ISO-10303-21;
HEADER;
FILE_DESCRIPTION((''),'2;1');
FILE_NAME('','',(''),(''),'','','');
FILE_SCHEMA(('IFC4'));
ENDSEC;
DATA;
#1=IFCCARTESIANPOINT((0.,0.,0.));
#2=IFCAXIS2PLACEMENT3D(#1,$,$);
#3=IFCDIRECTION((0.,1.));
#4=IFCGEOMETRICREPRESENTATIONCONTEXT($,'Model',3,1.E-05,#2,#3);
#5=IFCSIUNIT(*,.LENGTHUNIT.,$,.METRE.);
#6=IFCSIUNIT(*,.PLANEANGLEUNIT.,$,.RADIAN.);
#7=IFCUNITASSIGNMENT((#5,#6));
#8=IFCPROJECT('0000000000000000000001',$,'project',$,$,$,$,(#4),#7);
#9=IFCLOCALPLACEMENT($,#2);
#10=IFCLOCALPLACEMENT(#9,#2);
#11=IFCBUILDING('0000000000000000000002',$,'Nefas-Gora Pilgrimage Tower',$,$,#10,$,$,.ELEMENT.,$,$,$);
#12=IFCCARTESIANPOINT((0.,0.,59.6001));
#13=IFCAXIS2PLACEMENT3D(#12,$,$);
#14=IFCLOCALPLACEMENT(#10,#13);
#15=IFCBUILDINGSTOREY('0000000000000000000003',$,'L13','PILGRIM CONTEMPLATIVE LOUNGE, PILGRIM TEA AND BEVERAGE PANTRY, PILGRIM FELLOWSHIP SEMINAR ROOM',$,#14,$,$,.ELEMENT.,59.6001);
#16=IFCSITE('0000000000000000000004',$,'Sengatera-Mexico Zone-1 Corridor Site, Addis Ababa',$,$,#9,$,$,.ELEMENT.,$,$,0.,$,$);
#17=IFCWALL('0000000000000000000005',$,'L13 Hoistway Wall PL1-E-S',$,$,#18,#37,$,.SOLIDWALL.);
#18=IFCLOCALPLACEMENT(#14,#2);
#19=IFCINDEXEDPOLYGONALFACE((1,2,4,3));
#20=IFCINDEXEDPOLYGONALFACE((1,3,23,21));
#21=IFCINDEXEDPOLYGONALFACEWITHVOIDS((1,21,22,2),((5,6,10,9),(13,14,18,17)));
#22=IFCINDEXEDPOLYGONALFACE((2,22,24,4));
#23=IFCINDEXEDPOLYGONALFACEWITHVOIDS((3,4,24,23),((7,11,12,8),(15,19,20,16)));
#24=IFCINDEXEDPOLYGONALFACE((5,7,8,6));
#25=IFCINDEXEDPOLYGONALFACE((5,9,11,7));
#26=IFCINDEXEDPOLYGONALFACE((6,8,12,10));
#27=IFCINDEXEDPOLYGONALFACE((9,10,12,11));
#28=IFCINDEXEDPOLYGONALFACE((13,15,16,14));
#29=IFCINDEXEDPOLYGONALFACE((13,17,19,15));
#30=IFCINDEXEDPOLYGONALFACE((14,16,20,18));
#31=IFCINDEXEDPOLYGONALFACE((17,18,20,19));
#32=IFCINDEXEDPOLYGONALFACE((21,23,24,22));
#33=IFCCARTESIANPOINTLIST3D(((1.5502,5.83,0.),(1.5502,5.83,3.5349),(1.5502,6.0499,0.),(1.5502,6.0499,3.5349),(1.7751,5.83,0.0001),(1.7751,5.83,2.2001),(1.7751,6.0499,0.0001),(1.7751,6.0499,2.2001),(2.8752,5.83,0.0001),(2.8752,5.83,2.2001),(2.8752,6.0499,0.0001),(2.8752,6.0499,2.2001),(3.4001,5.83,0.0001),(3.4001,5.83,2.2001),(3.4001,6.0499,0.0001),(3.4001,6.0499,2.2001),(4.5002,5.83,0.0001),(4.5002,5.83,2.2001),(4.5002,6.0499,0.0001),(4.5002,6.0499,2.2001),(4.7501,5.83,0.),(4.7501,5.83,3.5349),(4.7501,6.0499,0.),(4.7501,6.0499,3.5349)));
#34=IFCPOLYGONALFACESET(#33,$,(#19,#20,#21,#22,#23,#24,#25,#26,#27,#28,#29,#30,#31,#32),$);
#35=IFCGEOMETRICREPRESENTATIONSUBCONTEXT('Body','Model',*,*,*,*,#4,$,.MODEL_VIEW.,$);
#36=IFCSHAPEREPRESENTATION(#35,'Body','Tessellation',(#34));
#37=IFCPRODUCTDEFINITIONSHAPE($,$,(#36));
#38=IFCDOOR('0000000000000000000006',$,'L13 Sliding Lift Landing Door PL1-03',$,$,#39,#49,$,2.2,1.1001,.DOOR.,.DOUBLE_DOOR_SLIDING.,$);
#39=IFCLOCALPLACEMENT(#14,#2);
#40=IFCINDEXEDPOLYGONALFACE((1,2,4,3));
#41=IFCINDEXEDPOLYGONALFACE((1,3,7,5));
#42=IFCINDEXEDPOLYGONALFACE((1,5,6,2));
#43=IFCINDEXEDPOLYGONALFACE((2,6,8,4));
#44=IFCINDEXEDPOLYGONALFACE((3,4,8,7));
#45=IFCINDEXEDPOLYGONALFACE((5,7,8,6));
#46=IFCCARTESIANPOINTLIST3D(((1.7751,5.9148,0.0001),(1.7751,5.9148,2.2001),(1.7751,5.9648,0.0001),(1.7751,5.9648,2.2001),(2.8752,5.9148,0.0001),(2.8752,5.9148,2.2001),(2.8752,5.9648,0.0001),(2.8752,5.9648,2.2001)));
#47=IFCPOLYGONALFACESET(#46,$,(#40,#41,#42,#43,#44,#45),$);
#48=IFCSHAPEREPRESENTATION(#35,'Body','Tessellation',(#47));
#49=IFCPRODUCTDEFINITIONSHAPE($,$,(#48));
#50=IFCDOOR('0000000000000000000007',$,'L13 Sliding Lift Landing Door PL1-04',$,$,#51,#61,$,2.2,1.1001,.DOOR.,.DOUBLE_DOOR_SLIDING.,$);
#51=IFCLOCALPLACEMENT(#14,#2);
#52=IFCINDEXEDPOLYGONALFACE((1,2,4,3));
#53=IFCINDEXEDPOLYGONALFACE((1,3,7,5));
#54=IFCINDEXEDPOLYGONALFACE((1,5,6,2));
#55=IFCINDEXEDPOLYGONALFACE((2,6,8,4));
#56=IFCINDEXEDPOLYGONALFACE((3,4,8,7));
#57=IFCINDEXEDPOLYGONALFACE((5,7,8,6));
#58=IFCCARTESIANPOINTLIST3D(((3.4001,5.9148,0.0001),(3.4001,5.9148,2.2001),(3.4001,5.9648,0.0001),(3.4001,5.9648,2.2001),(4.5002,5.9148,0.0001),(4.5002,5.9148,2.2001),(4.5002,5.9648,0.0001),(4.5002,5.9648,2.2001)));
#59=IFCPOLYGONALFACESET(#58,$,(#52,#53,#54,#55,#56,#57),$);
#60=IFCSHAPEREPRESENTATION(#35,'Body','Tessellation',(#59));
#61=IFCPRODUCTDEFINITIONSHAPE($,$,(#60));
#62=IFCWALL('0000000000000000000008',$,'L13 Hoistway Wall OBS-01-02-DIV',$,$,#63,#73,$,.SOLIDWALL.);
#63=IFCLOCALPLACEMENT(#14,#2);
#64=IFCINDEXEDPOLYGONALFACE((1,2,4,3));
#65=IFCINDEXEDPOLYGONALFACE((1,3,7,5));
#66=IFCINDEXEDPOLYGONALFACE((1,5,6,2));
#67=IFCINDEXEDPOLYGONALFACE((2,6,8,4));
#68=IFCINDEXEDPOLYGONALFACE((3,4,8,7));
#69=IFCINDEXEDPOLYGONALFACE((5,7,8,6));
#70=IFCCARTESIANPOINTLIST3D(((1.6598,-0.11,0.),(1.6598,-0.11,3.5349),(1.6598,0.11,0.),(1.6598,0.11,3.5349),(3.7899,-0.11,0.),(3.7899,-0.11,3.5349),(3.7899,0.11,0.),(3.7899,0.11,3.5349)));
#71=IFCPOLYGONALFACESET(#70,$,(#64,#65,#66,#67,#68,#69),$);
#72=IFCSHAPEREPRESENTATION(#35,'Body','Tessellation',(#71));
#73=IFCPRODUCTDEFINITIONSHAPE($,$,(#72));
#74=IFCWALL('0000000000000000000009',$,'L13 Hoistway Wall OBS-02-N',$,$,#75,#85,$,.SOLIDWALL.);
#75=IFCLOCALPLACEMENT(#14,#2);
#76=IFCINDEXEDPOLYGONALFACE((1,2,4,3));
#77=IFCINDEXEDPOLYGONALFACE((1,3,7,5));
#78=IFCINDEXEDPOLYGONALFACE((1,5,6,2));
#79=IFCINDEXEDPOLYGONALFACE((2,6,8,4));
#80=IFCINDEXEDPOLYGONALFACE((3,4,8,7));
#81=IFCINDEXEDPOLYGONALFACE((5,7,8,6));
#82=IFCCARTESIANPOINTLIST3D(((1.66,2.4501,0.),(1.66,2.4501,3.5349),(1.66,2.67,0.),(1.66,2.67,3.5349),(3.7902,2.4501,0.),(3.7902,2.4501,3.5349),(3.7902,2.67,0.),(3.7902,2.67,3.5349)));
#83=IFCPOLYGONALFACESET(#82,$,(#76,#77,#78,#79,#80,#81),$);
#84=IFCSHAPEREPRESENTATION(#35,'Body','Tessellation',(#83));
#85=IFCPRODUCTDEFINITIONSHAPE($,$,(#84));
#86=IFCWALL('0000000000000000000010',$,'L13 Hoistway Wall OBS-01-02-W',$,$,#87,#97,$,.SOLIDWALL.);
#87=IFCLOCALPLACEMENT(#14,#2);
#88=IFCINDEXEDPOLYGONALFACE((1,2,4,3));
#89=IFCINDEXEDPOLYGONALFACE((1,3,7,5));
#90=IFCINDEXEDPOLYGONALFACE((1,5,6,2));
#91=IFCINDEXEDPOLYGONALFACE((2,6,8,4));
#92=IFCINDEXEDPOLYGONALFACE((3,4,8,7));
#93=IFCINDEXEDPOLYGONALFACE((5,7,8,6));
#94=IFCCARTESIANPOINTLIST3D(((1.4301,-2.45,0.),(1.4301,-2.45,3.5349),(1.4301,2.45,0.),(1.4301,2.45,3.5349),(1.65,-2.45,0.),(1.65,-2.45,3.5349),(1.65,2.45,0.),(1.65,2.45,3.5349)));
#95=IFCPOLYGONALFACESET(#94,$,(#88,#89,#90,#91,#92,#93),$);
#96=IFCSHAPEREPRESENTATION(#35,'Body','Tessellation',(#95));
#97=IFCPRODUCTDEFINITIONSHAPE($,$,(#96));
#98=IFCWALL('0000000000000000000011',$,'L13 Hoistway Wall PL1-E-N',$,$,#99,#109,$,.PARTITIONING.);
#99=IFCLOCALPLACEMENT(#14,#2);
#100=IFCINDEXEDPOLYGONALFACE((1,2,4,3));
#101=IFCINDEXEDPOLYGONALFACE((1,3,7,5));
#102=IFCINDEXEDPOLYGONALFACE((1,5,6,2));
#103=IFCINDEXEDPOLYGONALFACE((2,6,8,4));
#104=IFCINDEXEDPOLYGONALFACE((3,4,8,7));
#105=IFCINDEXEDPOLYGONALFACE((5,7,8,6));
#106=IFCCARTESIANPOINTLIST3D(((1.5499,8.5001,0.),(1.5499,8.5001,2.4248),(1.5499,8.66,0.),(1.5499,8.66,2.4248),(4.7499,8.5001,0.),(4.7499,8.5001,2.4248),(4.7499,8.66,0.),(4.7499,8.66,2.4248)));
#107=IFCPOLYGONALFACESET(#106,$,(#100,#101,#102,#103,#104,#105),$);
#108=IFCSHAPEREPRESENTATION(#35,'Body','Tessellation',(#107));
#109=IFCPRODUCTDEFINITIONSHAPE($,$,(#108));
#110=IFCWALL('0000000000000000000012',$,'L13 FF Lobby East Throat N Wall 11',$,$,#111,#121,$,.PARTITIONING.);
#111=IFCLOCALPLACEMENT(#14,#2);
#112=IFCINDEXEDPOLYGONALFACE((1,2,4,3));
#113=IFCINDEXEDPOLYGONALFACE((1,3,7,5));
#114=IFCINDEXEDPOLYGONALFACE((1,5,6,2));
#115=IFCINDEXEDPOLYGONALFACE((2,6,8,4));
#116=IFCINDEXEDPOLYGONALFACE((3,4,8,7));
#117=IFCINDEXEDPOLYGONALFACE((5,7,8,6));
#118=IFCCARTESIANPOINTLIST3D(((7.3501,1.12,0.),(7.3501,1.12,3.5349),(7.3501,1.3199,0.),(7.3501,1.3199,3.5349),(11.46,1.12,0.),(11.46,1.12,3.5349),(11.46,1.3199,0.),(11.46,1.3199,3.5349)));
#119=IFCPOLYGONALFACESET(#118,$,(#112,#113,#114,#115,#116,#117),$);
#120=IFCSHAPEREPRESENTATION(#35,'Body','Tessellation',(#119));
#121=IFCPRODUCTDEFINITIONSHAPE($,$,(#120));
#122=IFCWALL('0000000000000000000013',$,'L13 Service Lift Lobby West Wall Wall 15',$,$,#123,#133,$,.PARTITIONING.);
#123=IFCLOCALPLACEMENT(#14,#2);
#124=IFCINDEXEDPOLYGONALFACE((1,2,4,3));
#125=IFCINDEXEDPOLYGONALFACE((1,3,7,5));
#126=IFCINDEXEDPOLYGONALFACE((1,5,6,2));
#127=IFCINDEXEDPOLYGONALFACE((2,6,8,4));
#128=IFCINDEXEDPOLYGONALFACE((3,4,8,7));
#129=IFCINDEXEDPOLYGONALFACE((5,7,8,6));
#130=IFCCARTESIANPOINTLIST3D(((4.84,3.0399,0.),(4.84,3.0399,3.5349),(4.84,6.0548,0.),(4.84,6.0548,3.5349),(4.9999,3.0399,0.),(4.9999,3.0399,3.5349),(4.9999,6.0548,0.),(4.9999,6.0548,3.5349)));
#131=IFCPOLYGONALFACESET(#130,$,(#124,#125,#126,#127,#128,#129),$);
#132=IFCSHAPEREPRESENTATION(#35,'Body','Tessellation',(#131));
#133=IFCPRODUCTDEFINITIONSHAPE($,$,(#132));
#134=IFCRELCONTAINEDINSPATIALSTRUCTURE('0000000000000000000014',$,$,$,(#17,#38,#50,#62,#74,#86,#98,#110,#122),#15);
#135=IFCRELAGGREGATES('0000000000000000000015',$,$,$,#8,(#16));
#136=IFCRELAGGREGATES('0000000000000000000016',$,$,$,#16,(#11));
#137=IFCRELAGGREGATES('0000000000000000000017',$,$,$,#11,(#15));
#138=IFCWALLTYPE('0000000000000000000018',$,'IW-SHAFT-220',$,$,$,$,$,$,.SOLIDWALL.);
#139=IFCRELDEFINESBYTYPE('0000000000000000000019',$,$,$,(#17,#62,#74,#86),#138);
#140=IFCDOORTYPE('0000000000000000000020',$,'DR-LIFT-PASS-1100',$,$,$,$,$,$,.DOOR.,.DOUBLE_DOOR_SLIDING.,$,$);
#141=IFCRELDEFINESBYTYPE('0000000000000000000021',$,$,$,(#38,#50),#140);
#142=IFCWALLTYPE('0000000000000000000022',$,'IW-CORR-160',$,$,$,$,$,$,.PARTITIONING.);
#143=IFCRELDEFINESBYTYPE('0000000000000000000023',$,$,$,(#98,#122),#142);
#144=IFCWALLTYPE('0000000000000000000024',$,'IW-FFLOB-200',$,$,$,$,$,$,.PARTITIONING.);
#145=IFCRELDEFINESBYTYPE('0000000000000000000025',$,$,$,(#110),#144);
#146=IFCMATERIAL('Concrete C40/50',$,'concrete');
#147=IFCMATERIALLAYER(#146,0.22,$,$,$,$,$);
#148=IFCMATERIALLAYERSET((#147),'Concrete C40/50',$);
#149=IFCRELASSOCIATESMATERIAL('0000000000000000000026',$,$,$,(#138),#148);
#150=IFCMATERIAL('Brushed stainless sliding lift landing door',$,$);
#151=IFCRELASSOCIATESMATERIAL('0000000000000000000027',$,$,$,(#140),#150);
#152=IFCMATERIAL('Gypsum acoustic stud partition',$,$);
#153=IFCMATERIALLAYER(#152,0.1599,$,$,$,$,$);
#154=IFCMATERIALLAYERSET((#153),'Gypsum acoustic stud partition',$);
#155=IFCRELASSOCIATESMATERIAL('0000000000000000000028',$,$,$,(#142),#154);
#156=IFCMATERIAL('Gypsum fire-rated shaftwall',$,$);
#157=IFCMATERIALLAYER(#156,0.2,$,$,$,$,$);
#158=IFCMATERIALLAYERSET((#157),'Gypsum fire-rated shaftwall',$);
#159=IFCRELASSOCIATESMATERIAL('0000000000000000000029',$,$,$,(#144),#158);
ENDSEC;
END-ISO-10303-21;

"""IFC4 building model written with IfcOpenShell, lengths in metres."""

from ifc_helpers import new_model, si_unit, direction, frame, frame_2d, origin, place, context, subcontext, project, spatial, rectangle, extrude, source, transform, mapped, material, layer, layer_set, type_object, element, fill, save


model = new_model("IFC4")

# Units and contexts
model_context = context("Model", 3, precision=1e-05, world=origin(), true_north=direction((0.0, 1.0)))
body_context = subcontext(model_context, "Body", "Model", "MODEL_VIEW")
ifc_project = project(units=[si_unit("LENGTHUNIT", "METRE"), si_unit("PLANEANGLEUNIT", "RADIAN")], contexts=[model_context])

# Site, building, storey
site_placement = place(None, origin())
site = spatial("IfcSite", under=ifc_project, at=site_placement, Name="Sengatera-Mexico Zone-1 Corridor Site, Addis Ababa", CompositionType="ELEMENT", RefElevation=0.0)
building_placement = place(site_placement, origin())
building = spatial("IfcBuilding", under=site, at=building_placement, Name="Nefas-Gora Pilgrimage Tower", CompositionType="ELEMENT")
storey_placement = place(building_placement, frame((0.0, 0.0, 59.6001)))
storey = spatial("IfcBuildingStorey", under=building, at=storey_placement, Name="L13", Description="PILGRIM CONTEMPLATIVE LOUNGE, PILGRIM TEA AND BEVERAGE PANTRY, PILGRIM FELLOWSHIP SEMINAR ROOM", CompositionType="ELEMENT", Elevation=59.6001)

# Wall, openings, doors
ifc_material_1 = material(Name="Concrete C40/50", Category="concrete")
ifc_layer_1 = layer(ifc_material_1, 0.22)
ifc_layer_set_1 = layer_set([ifc_layer_1], Name="Concrete C40/50")
wall_type_1 = type_object("IfcWallType", Name="IW-SHAFT-220", PredefinedType="SOLIDWALL", material=ifc_layer_set_1)
shared_shape_1 = source(origin(), body_context, "Body", "SweptSolid", [
    extrude(rectangle(XDim=3.2, YDim=0.22, at=frame_2d((1.6001, 0.0))), origin(), (0.0, 0.0, 1.0), 3.5349),
])
wall_1_placement = place(storey_placement, frame((1.55, 5.9399, 0.0), z_axis=(0.0, 0.0, 1.0), x_axis=(1.0, 0.0, 0.0)))
wall_1 = element("IfcWall", 1, at=wall_1_placement, inside=storey, type_object=wall_type_1, Name="L13 Hoistway Wall PL1-E-S", PredefinedType="SOLIDWALL", context=body_context, shape_type="MappedRepresentation", body=[
    mapped(shared_shape_1, transform((0.0, 0.0, 0.0), x_axis=(1.0, 0.0, 0.0), y_axis=(0.0, 1.0, 0.0), z_axis=(0.0, 0.0, 1.0), scale=1.0)),
])
opening_1_placement = place(wall_1_placement, frame((0.2251, 0.0, 0.0)))
opening_1 = element("IfcOpeningElement", 2, at=opening_1_placement, cuts=wall_1, PredefinedType="OPENING", context=body_context, shape_type="SweptSolid", body=[
    extrude(rectangle(XDim=1.1001, YDim=2.2, at=frame_2d((0.55, 1.1001))), frame((0.0, 0.1199, 0.0), z_axis=(0.0, -1.0, 0.0), x_axis=(1.0, 0.0, 0.0)), (0.0, 0.0, 1.0), 0.24),
])
opening_2_placement = place(wall_1_placement, frame((1.8501, 0.0, 0.0)))
opening_2 = element("IfcOpeningElement", 3, at=opening_2_placement, cuts=wall_1, PredefinedType="OPENING", context=body_context, shape_type="SweptSolid", body=[
    extrude(rectangle(XDim=1.1001, YDim=2.2, at=frame_2d((0.55, 1.1001))), frame((0.0, 0.1199, 0.0), z_axis=(0.0, -1.0, 0.0), x_axis=(1.0, 0.0, 0.0)), (0.0, 0.0, 1.0), 0.24),
])
ifc_material_2 = material(Name="Brushed stainless sliding lift landing door")
door_type_1 = type_object("IfcDoorType", Name="DR-LIFT-PASS-1100", OperationType="DOUBLE_DOOR_SLIDING", PredefinedType="DOOR", material=ifc_material_2)
shared_shape_2 = source(origin(), body_context, "Body", "SweptSolid", [
    extrude(rectangle(XDim=1.1001, YDim=2.2, at=frame_2d((0.55, 1.1001))), frame((0.0, 0.0249, 0.0), z_axis=(0.0, -1.0, 0.0), x_axis=(1.0, 0.0, 0.0)), (0.0, 0.0, 1.0), 0.05),
])
door_1_placement = place(opening_1_placement, origin())
door_1 = element("IfcDoor", 4, at=door_1_placement, inside=storey, type_object=door_type_1, Name="L13 Sliding Lift Landing Door PL1-03", OperationType="DOUBLE_DOOR_SLIDING", OverallHeight=2.2, OverallWidth=1.1001, PredefinedType="DOOR", context=body_context, shape_type="MappedRepresentation", body=[
    mapped(shared_shape_2, transform((0.0, 0.0, 0.0), x_axis=(1.0, 0.0, 0.0), y_axis=(0.0, 1.0, 0.0), z_axis=(0.0, 0.0, 1.0), scale=1.0)),
])
fill(opening_1, door_1)
door_2_placement = place(opening_2_placement, origin())
door_2 = element("IfcDoor", 5, at=door_2_placement, inside=storey, type_object=door_type_1, Name="L13 Sliding Lift Landing Door PL1-04", OperationType="DOUBLE_DOOR_SLIDING", OverallHeight=2.2, OverallWidth=1.1001, PredefinedType="DOOR", context=body_context, shape_type="MappedRepresentation", body=[
    mapped(shared_shape_2, transform((0.0, 0.0, 0.0), x_axis=(1.0, 0.0, 0.0), y_axis=(0.0, 1.0, 0.0), z_axis=(0.0, 0.0, 1.0), scale=1.0)),
])
fill(opening_2, door_2)

# Walls
shared_shape_3 = source(origin(), body_context, "Body", "SweptSolid", [
    extrude(rectangle(XDim=2.1301, YDim=0.22, at=frame_2d((1.0649, 0.0))), origin(), (0.0, 0.0, 1.0), 3.5349),
])
for number, where, z_axis, x_axis, name in (
    (6, (1.6599, 0.0, 0.0), (0.0, 0.0, 1.0), (1.0, 0.0, 0.0), "L13 Hoistway Wall OBS-01-02-DIV"),
    (7, (3.79, 2.5601, 0.0), (0.0, 0.0, 1.0), (-1.0, 0.0, 0.0), "L13 Hoistway Wall OBS-02-N"),
):
    element("IfcWall", number, at=place(storey_placement, frame(where, z_axis=z_axis, x_axis=x_axis)), inside=storey, type_object=wall_type_1, Name=name, PredefinedType="SOLIDWALL", context=body_context, shape_type="MappedRepresentation", body=[
        mapped(shared_shape_3, transform((0.0, 0.0, 0.0), x_axis=(1.0, 0.0, 0.0), y_axis=(0.0, 1.0, 0.0), z_axis=(0.0, 0.0, 1.0), scale=1.0)),
    ])
shared_shape_4 = source(origin(), body_context, "Body", "SweptSolid", [
    extrude(rectangle(XDim=4.8999, YDim=0.22, at=frame_2d((2.45, 0.0))), origin(), (0.0, 0.0, 1.0), 3.5349),
])
wall_2_placement = place(storey_placement, frame((1.54, 2.45, 0.0), z_axis=(0.0, 0.0, 1.0), x_axis=(0.0, -1.0, 0.0)))
element("IfcWall", 8, at=wall_2_placement, inside=storey, type_object=wall_type_1, Name="L13 Hoistway Wall OBS-01-02-W", PredefinedType="SOLIDWALL", context=body_context, shape_type="MappedRepresentation", body=[
    mapped(shared_shape_4, transform((0.0, 0.0, 0.0), x_axis=(1.0, 0.0, 0.0), y_axis=(0.0, 1.0, 0.0), z_axis=(0.0, 0.0, 1.0), scale=1.0)),
])
ifc_material_3 = material(Name="Gypsum acoustic stud partition")
ifc_layer_2 = layer(ifc_material_3, 0.1599)
ifc_layer_set_2 = layer_set([ifc_layer_2], Name="Gypsum acoustic stud partition")
wall_type_2 = type_object("IfcWallType", Name="IW-CORR-160", PredefinedType="PARTITIONING", material=ifc_layer_set_2)
shared_shape_5 = source(origin(), body_context, "Body", "SweptSolid", [
    extrude(rectangle(XDim=3.2, YDim=0.1599, at=frame_2d((1.6001, 0.0))), origin(), (0.0, 0.0, 1.0), 2.4248),
])
wall_3_placement = place(storey_placement, frame((4.75, 8.5801, 0.0), z_axis=(0.0, 0.0, 1.0), x_axis=(-1.0, 0.0, 0.0)))
element("IfcWall", 9, at=wall_3_placement, inside=storey, type_object=wall_type_2, Name="L13 Hoistway Wall PL1-E-N", PredefinedType="PARTITIONING", context=body_context, shape_type="MappedRepresentation", body=[
    mapped(shared_shape_5, transform((0.0, 0.0, 0.0), x_axis=(1.0, 0.0, 0.0), y_axis=(0.0, 1.0, 0.0), z_axis=(0.0, 0.0, 1.0), scale=1.0)),
])

# Shared definitions
ifc_material_4 = material(Name="Gypsum fire-rated shaftwall")
ifc_layer_3 = layer(ifc_material_4, 0.2)
ifc_layer_set_3 = layer_set([ifc_layer_3], Name="Gypsum fire-rated shaftwall")
wall_type_3 = type_object("IfcWallType", Name="IW-FFLOB-200", PredefinedType="PARTITIONING", material=ifc_layer_set_3)

# Walls
shared_shape_6 = source(origin(), body_context, "Body", "SweptSolid", [
    extrude(rectangle(XDim=4.1099, YDim=0.2, at=frame_2d((2.0549, 0.0))), origin(), (0.0, 0.0, 1.0), 3.5349),
])
wall_4_placement = place(storey_placement, frame((7.3501, 1.22, 0.0), z_axis=(0.0, 0.0, 1.0), x_axis=(1.0, 0.0, 0.0)))
element("IfcWall", 10, at=wall_4_placement, inside=storey, type_object=wall_type_3, Name="L13 FF Lobby East Throat N Wall 11", PredefinedType="PARTITIONING", context=body_context, shape_type="MappedRepresentation", body=[
    mapped(shared_shape_6, transform((0.0, 0.0, 0.0), x_axis=(1.0, 0.0, 0.0), y_axis=(0.0, 1.0, 0.0), z_axis=(0.0, 0.0, 1.0), scale=1.0)),
])
shared_shape_7 = source(origin(), body_context, "Body", "SweptSolid", [
    extrude(rectangle(XDim=3.0149, YDim=0.1599, at=frame_2d((1.5073, 0.0))), origin(), (0.0, 0.0, 1.0), 3.5349),
])
wall_5_placement = place(storey_placement, frame((4.9199, 3.04, 0.0), z_axis=(0.0, 0.0, 1.0), x_axis=(0.0, 1.0, 0.0)))
element("IfcWall", 11, at=wall_5_placement, inside=storey, type_object=wall_type_2, Name="L13 Service Lift Lobby West Wall Wall 15", PredefinedType="PARTITIONING", context=body_context, shape_type="MappedRepresentation", body=[
    mapped(shared_shape_7, transform((0.0, 0.0, 0.0), x_axis=(1.0, 0.0, 0.0), y_axis=(0.0, 1.0, 0.0), z_axis=(0.0, 0.0, 1.0), scale=1.0)),
])

save(model, "model.ifc")
